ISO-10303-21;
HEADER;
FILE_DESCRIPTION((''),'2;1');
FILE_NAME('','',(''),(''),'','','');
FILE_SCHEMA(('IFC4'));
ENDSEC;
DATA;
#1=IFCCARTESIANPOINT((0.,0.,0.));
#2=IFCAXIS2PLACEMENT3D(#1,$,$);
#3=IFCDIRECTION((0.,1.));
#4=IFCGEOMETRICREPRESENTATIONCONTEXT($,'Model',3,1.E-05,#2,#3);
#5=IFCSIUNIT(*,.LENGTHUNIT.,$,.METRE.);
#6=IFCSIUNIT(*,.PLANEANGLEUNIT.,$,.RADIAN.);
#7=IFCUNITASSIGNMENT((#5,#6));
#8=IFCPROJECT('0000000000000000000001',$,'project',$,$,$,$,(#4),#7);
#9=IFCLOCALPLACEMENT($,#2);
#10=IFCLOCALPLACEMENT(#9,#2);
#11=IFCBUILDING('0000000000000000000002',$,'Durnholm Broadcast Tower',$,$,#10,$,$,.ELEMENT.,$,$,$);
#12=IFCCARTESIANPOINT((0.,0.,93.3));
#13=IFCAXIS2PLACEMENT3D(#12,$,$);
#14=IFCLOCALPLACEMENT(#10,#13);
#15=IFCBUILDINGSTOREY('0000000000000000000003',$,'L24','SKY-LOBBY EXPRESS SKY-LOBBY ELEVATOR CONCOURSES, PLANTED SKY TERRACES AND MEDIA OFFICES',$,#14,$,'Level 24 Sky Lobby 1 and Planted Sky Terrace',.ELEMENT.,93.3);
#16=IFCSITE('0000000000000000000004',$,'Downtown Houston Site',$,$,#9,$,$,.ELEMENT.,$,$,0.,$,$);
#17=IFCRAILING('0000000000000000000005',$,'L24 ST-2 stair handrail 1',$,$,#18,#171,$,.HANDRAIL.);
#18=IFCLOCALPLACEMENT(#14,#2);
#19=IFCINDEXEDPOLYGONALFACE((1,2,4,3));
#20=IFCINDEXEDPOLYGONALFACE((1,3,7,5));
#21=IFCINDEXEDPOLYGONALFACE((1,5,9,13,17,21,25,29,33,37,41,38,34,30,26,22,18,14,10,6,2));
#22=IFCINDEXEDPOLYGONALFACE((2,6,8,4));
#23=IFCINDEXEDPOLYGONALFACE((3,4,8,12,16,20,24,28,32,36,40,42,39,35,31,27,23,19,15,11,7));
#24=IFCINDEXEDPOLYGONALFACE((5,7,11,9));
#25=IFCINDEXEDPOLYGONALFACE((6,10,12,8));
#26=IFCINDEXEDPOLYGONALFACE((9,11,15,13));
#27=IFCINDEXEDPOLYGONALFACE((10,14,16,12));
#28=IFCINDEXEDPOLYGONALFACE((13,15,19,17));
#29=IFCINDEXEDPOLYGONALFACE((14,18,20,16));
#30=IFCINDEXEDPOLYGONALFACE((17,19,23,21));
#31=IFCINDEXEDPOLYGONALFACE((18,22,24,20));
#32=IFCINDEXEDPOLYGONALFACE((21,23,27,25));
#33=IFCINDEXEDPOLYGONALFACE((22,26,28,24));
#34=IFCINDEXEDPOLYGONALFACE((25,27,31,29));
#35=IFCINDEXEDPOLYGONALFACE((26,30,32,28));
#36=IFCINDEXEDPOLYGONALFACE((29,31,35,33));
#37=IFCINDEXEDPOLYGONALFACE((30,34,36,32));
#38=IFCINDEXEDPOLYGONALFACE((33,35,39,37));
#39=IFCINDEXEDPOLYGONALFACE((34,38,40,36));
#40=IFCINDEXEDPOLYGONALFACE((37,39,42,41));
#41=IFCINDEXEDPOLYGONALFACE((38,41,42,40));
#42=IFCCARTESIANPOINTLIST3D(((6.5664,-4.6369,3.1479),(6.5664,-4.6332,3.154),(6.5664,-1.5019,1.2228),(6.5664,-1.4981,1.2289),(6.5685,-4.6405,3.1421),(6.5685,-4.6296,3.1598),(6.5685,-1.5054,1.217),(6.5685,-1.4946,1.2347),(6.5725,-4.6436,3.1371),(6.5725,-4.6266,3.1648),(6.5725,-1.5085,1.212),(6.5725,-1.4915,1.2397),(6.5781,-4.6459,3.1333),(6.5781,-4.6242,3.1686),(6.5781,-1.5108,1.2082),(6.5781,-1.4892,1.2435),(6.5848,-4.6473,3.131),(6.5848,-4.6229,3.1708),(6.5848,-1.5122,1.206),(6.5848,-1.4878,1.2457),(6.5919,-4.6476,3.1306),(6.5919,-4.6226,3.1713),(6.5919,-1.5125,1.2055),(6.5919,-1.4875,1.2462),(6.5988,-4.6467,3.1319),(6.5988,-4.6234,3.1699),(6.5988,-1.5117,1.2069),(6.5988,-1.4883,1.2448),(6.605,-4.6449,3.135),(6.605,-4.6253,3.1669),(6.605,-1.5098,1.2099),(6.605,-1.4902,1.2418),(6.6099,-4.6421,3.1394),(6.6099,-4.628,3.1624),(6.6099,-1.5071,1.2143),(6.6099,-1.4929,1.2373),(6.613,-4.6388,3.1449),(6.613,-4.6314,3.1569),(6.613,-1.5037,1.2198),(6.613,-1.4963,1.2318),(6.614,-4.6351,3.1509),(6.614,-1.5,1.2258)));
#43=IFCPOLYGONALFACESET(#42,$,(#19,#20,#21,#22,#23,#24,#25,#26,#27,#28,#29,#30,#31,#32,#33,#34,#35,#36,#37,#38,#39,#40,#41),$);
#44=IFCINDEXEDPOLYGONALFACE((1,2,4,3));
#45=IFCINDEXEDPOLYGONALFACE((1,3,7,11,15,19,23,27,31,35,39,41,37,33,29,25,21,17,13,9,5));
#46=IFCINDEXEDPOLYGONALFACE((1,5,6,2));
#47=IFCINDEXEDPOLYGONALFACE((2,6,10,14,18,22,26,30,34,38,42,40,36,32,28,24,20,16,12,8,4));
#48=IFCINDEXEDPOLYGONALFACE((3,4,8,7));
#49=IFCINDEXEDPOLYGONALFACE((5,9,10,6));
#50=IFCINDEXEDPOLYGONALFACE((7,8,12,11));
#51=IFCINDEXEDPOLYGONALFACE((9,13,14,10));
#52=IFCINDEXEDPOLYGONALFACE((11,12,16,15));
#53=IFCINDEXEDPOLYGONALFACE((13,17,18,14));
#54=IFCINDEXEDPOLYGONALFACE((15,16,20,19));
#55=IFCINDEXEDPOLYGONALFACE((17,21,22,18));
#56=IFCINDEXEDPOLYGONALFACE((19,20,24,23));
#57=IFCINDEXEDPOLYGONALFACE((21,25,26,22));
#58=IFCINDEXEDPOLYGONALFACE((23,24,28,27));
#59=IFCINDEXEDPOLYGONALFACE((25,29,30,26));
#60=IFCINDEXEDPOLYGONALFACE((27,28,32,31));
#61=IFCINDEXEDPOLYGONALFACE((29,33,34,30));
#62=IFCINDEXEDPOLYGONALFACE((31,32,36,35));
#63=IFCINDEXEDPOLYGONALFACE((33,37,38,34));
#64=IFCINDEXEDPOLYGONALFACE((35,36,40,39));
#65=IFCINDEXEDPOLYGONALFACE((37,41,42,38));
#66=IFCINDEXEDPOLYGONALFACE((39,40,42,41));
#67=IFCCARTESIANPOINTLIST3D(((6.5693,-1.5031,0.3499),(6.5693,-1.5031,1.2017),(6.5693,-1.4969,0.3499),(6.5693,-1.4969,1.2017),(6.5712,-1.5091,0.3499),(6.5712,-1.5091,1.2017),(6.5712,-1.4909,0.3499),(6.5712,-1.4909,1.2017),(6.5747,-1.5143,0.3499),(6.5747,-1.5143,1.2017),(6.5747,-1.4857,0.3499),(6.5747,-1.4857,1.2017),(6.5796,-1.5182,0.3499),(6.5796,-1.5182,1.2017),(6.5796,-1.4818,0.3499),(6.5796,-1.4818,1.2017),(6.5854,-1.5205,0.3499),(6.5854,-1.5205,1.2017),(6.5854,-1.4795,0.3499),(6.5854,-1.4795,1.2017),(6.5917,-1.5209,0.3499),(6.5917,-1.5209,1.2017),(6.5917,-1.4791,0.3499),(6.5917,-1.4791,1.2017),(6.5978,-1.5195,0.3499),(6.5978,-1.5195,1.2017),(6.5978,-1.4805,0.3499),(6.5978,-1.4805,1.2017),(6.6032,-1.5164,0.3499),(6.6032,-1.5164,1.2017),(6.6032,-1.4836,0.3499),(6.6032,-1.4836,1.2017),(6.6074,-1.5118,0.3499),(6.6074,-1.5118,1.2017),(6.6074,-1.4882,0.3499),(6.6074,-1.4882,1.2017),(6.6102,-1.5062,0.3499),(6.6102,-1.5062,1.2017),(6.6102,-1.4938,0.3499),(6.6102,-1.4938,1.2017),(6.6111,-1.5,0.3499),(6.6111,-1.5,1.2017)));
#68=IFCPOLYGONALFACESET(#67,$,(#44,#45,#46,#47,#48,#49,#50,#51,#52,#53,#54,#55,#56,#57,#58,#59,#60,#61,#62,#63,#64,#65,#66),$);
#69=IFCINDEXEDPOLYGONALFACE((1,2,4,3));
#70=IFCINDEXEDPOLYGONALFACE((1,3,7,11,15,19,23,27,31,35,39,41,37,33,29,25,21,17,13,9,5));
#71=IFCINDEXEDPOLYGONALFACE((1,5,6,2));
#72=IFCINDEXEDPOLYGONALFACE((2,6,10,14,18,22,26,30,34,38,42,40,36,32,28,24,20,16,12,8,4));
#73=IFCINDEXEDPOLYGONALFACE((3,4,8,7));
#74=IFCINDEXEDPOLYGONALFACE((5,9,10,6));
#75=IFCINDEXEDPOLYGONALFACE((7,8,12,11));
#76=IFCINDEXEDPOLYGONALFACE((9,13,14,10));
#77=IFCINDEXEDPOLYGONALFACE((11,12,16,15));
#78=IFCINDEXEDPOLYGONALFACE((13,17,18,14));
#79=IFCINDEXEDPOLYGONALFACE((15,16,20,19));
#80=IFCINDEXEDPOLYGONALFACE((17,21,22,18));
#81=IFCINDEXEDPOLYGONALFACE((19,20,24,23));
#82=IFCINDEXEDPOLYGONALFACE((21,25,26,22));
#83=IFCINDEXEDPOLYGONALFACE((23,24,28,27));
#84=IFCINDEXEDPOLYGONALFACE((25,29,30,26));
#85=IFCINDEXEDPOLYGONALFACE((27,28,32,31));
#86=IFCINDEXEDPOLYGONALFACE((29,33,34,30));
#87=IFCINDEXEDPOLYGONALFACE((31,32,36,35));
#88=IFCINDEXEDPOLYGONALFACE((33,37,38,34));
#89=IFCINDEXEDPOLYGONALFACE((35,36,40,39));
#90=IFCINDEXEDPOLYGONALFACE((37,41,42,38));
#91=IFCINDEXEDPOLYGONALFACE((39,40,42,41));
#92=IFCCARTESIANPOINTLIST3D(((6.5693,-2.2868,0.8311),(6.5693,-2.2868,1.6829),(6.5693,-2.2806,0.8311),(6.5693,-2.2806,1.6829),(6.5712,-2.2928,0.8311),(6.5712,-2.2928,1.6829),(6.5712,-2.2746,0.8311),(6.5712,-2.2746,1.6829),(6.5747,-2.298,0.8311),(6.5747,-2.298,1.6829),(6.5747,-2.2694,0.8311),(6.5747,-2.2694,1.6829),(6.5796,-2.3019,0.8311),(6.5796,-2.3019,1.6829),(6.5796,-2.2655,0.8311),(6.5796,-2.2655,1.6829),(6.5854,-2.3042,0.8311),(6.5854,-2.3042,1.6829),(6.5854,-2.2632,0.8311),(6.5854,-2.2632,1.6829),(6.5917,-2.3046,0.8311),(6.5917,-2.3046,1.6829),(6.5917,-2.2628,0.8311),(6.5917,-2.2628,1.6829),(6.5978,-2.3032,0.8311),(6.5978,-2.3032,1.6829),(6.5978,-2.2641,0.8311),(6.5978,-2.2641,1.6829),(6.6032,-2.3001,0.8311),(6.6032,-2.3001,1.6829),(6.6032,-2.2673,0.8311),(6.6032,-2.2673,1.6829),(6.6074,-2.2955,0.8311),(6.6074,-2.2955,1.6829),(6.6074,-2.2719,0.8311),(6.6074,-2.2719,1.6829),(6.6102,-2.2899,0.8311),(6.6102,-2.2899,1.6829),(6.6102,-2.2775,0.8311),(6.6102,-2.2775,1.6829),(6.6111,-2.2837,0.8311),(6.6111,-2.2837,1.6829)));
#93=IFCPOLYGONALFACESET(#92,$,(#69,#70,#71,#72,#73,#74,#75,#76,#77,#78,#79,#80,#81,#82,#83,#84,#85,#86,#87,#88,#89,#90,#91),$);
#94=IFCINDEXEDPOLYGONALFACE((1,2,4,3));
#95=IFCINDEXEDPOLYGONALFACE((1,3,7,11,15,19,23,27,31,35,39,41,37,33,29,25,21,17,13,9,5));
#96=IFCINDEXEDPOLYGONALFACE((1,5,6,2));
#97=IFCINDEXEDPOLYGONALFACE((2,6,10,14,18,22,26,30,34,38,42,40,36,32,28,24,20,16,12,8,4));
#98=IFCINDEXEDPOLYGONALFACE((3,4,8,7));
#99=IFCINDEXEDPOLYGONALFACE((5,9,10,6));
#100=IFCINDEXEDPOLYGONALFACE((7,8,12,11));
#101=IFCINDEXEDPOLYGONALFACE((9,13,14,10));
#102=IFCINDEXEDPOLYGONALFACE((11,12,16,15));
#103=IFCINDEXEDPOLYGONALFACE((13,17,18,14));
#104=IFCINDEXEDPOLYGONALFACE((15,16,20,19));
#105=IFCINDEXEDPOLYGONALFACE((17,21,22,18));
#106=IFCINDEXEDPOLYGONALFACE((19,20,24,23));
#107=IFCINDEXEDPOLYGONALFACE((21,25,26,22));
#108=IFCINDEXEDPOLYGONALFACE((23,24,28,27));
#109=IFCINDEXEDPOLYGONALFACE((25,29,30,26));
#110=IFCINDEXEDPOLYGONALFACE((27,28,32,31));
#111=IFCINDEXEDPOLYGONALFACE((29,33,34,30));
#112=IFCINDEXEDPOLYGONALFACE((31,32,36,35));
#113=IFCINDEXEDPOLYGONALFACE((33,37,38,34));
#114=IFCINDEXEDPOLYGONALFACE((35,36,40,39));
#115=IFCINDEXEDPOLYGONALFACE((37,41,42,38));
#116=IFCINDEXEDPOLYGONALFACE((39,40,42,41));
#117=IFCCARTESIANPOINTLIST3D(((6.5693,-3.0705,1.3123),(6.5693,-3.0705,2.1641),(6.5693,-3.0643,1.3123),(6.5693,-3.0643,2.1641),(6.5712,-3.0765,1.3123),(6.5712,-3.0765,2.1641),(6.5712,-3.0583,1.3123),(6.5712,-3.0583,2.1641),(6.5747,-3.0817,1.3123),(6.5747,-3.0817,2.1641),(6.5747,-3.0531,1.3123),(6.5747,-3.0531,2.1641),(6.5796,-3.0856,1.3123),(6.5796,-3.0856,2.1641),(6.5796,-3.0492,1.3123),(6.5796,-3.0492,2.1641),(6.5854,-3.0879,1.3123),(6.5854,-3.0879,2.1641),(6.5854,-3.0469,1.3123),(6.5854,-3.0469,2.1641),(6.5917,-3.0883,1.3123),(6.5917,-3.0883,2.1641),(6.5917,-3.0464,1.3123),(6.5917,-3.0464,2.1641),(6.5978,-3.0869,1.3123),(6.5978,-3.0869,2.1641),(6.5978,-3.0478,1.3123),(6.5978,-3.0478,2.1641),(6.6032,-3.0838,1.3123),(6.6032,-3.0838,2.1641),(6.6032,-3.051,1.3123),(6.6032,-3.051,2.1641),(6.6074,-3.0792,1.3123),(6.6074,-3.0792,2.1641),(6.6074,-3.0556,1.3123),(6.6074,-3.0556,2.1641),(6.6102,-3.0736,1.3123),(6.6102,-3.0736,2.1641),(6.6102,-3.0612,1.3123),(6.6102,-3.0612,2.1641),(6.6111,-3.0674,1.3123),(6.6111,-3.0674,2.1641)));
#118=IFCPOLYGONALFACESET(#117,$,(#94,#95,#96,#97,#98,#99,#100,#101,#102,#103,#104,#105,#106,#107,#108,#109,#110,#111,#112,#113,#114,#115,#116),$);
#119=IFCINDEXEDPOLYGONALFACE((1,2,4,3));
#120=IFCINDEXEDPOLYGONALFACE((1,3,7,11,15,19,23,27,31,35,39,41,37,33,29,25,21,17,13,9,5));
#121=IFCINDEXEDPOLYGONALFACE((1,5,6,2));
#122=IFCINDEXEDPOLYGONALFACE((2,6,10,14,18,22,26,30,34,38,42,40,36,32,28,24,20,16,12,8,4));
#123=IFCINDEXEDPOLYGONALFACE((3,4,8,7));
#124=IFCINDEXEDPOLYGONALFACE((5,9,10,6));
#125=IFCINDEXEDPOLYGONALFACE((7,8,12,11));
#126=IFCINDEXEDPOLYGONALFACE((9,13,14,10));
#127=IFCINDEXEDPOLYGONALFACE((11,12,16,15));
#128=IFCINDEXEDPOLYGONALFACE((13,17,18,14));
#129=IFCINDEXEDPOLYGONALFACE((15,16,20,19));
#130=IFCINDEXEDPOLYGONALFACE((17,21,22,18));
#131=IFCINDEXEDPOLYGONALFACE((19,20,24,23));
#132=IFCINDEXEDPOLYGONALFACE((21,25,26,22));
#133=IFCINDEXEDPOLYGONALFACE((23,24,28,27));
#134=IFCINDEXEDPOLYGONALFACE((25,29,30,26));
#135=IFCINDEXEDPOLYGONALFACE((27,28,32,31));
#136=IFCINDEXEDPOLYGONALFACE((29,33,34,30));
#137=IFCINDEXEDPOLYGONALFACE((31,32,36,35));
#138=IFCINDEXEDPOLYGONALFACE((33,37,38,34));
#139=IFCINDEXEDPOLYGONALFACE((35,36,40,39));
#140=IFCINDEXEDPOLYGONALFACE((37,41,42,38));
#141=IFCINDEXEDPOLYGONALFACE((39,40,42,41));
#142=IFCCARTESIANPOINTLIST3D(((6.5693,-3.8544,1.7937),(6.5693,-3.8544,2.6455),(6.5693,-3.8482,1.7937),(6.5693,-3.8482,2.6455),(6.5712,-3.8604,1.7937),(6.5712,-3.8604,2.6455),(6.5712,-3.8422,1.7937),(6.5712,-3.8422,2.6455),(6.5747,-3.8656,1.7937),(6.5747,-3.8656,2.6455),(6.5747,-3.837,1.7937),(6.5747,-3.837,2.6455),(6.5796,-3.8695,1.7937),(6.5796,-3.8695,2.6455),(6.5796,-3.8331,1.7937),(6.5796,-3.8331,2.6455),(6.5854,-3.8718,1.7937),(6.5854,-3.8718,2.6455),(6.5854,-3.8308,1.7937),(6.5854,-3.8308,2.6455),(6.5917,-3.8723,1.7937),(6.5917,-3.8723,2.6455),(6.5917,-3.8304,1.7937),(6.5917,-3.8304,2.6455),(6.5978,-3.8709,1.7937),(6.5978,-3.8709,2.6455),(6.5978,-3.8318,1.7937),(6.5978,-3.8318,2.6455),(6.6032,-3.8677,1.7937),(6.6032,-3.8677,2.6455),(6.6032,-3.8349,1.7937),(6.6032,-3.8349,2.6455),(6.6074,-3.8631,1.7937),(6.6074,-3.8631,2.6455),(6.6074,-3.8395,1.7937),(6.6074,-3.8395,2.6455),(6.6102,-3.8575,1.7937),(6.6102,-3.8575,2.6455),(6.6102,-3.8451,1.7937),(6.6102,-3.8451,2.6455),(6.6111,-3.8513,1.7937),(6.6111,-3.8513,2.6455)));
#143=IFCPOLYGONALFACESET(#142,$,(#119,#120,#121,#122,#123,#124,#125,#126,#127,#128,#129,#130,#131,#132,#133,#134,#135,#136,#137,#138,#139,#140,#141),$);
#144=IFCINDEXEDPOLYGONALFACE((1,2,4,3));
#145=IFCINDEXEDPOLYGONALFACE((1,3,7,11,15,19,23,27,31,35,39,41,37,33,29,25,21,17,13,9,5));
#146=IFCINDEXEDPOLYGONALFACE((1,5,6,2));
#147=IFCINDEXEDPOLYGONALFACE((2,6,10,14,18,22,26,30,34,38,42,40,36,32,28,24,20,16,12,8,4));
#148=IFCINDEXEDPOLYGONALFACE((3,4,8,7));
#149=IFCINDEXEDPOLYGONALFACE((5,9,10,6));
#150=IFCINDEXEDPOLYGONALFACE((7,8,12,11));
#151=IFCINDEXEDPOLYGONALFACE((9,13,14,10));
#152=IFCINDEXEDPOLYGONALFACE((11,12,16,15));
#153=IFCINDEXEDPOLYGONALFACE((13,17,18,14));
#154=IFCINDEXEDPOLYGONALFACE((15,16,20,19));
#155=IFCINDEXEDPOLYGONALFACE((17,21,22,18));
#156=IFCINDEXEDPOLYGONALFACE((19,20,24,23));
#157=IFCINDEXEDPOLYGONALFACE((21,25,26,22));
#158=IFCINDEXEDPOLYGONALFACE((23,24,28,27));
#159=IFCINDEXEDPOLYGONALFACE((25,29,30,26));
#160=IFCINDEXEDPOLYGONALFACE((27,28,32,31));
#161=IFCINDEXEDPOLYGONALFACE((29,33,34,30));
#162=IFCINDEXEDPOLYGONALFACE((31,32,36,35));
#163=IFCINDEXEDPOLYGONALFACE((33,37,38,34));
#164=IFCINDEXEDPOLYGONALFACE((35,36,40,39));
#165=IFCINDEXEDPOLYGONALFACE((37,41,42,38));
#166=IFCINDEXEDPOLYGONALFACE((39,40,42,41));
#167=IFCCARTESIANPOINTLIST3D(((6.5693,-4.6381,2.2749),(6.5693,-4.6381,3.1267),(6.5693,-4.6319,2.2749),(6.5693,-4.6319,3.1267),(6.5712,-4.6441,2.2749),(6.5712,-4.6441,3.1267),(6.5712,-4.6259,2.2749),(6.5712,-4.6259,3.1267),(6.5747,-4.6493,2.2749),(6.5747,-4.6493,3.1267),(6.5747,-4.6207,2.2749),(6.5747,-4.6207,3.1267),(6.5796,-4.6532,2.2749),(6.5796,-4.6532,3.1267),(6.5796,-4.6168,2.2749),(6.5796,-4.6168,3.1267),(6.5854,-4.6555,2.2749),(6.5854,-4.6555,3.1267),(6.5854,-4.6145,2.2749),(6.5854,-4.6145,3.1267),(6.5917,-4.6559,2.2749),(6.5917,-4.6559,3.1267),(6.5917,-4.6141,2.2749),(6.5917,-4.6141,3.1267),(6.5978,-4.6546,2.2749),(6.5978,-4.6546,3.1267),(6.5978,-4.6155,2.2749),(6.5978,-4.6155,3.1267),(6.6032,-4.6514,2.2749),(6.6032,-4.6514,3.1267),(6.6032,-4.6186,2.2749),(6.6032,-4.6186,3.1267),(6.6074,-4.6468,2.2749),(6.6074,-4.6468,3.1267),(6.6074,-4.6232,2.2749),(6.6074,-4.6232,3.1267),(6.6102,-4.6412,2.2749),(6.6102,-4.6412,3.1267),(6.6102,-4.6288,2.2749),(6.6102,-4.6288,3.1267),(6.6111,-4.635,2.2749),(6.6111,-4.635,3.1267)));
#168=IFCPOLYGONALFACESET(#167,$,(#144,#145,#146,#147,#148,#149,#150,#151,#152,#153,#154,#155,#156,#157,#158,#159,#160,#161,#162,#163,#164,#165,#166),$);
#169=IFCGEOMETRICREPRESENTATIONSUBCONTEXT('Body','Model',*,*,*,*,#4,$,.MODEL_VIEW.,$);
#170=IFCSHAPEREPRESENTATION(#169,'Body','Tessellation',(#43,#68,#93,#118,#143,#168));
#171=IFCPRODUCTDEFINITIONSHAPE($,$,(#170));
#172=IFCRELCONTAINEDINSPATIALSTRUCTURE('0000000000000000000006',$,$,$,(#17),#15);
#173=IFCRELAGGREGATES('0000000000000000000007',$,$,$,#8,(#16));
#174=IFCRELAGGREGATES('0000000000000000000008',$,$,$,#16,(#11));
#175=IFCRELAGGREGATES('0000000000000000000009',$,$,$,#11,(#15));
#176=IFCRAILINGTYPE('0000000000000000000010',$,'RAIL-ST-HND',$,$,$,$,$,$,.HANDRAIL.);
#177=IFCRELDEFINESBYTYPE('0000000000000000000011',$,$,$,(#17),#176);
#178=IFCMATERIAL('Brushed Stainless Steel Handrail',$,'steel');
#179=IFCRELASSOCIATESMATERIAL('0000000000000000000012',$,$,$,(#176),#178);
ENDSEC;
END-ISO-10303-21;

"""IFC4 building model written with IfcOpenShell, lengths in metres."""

from ifc_helpers import new_model, si_unit, direction, frame, origin, origin_2d, place, context, subcontext, project, spatial, circle, extrude, material, type_object, element, save


model = new_model("IFC4")

# Units and contexts
model_context = context("Model", 3, precision=1e-05, world=origin(), true_north=direction((0.0, 1.0)))
body_context = subcontext(model_context, "Body", "Model", "MODEL_VIEW")
ifc_project = project(units=[si_unit("LENGTHUNIT", "METRE"), si_unit("PLANEANGLEUNIT", "RADIAN")], contexts=[model_context])

# Site, building, storey
site_placement = place(None, origin())
site = spatial("IfcSite", under=ifc_project, at=site_placement, Name="Downtown Houston Site", CompositionType="ELEMENT", RefElevation=0.0)
building_placement = place(site_placement, origin())
building = spatial("IfcBuilding", under=site, at=building_placement, Name="Durnholm Broadcast Tower", CompositionType="ELEMENT")
storey_placement = place(building_placement, frame((0.0, 0.0, 93.3)))
storey = spatial("IfcBuildingStorey", under=building, at=storey_placement, Name="L24", Description="SKY-LOBBY EXPRESS SKY-LOBBY ELEVATOR CONCOURSES, PLANTED SKY TERRACES AND MEDIA OFFICES", LongName="Level 24 Sky Lobby 1 and Planted Sky Terrace", CompositionType="ELEMENT", Elevation=93.3)

# Railing
ifc_material_1 = material(Name="Brushed Stainless Steel Handrail", Category="steel")
railing_type_1 = type_object("IfcRailingType", Name="RAIL-ST-HND", PredefinedType="HANDRAIL", material=ifc_material_1)
railing_1_placement = place(storey_placement, frame((6.5901, -1.5, 0.3499)))
element("IfcRailing", 1, at=railing_1_placement, inside=storey, type_object=railing_type_1, Name="L24 ST-2 stair handrail 1", PredefinedType="HANDRAIL", context=body_context, shape_type="SweptSolid", body=[
    extrude(circle(Radius=0.0239, at=origin_2d()), frame((0.0, 0.0, 0.876), z_axis=(0.0, -0.852166, 0.523271), x_axis=(1.0, 0.0, 0.0)), (0.0, 0.0, 1.0), 3.679),
    extrude(circle(Radius=0.021, at=origin_2d()), origin(), (0.0, 0.0, 1.0), 0.8518),
    extrude(circle(Radius=0.021, at=origin_2d()), frame((0.0, -0.7837, 0.4812)), (0.0, 0.0, 1.0), 0.8518),
    extrude(circle(Radius=0.021, at=origin_2d()), frame((0.0, -1.5674, 0.9624)), (0.0, 0.0, 1.0), 0.8518),
    extrude(circle(Radius=0.021, at=origin_2d()), frame((0.0, -2.3513, 1.4438)), (0.0, 0.0, 1.0), 0.8518),
    extrude(circle(Radius=0.021, at=origin_2d()), frame((0.0, -3.135, 1.925)), (0.0, 0.0, 1.0), 0.8518),
])

save(model, "model.ifc")
